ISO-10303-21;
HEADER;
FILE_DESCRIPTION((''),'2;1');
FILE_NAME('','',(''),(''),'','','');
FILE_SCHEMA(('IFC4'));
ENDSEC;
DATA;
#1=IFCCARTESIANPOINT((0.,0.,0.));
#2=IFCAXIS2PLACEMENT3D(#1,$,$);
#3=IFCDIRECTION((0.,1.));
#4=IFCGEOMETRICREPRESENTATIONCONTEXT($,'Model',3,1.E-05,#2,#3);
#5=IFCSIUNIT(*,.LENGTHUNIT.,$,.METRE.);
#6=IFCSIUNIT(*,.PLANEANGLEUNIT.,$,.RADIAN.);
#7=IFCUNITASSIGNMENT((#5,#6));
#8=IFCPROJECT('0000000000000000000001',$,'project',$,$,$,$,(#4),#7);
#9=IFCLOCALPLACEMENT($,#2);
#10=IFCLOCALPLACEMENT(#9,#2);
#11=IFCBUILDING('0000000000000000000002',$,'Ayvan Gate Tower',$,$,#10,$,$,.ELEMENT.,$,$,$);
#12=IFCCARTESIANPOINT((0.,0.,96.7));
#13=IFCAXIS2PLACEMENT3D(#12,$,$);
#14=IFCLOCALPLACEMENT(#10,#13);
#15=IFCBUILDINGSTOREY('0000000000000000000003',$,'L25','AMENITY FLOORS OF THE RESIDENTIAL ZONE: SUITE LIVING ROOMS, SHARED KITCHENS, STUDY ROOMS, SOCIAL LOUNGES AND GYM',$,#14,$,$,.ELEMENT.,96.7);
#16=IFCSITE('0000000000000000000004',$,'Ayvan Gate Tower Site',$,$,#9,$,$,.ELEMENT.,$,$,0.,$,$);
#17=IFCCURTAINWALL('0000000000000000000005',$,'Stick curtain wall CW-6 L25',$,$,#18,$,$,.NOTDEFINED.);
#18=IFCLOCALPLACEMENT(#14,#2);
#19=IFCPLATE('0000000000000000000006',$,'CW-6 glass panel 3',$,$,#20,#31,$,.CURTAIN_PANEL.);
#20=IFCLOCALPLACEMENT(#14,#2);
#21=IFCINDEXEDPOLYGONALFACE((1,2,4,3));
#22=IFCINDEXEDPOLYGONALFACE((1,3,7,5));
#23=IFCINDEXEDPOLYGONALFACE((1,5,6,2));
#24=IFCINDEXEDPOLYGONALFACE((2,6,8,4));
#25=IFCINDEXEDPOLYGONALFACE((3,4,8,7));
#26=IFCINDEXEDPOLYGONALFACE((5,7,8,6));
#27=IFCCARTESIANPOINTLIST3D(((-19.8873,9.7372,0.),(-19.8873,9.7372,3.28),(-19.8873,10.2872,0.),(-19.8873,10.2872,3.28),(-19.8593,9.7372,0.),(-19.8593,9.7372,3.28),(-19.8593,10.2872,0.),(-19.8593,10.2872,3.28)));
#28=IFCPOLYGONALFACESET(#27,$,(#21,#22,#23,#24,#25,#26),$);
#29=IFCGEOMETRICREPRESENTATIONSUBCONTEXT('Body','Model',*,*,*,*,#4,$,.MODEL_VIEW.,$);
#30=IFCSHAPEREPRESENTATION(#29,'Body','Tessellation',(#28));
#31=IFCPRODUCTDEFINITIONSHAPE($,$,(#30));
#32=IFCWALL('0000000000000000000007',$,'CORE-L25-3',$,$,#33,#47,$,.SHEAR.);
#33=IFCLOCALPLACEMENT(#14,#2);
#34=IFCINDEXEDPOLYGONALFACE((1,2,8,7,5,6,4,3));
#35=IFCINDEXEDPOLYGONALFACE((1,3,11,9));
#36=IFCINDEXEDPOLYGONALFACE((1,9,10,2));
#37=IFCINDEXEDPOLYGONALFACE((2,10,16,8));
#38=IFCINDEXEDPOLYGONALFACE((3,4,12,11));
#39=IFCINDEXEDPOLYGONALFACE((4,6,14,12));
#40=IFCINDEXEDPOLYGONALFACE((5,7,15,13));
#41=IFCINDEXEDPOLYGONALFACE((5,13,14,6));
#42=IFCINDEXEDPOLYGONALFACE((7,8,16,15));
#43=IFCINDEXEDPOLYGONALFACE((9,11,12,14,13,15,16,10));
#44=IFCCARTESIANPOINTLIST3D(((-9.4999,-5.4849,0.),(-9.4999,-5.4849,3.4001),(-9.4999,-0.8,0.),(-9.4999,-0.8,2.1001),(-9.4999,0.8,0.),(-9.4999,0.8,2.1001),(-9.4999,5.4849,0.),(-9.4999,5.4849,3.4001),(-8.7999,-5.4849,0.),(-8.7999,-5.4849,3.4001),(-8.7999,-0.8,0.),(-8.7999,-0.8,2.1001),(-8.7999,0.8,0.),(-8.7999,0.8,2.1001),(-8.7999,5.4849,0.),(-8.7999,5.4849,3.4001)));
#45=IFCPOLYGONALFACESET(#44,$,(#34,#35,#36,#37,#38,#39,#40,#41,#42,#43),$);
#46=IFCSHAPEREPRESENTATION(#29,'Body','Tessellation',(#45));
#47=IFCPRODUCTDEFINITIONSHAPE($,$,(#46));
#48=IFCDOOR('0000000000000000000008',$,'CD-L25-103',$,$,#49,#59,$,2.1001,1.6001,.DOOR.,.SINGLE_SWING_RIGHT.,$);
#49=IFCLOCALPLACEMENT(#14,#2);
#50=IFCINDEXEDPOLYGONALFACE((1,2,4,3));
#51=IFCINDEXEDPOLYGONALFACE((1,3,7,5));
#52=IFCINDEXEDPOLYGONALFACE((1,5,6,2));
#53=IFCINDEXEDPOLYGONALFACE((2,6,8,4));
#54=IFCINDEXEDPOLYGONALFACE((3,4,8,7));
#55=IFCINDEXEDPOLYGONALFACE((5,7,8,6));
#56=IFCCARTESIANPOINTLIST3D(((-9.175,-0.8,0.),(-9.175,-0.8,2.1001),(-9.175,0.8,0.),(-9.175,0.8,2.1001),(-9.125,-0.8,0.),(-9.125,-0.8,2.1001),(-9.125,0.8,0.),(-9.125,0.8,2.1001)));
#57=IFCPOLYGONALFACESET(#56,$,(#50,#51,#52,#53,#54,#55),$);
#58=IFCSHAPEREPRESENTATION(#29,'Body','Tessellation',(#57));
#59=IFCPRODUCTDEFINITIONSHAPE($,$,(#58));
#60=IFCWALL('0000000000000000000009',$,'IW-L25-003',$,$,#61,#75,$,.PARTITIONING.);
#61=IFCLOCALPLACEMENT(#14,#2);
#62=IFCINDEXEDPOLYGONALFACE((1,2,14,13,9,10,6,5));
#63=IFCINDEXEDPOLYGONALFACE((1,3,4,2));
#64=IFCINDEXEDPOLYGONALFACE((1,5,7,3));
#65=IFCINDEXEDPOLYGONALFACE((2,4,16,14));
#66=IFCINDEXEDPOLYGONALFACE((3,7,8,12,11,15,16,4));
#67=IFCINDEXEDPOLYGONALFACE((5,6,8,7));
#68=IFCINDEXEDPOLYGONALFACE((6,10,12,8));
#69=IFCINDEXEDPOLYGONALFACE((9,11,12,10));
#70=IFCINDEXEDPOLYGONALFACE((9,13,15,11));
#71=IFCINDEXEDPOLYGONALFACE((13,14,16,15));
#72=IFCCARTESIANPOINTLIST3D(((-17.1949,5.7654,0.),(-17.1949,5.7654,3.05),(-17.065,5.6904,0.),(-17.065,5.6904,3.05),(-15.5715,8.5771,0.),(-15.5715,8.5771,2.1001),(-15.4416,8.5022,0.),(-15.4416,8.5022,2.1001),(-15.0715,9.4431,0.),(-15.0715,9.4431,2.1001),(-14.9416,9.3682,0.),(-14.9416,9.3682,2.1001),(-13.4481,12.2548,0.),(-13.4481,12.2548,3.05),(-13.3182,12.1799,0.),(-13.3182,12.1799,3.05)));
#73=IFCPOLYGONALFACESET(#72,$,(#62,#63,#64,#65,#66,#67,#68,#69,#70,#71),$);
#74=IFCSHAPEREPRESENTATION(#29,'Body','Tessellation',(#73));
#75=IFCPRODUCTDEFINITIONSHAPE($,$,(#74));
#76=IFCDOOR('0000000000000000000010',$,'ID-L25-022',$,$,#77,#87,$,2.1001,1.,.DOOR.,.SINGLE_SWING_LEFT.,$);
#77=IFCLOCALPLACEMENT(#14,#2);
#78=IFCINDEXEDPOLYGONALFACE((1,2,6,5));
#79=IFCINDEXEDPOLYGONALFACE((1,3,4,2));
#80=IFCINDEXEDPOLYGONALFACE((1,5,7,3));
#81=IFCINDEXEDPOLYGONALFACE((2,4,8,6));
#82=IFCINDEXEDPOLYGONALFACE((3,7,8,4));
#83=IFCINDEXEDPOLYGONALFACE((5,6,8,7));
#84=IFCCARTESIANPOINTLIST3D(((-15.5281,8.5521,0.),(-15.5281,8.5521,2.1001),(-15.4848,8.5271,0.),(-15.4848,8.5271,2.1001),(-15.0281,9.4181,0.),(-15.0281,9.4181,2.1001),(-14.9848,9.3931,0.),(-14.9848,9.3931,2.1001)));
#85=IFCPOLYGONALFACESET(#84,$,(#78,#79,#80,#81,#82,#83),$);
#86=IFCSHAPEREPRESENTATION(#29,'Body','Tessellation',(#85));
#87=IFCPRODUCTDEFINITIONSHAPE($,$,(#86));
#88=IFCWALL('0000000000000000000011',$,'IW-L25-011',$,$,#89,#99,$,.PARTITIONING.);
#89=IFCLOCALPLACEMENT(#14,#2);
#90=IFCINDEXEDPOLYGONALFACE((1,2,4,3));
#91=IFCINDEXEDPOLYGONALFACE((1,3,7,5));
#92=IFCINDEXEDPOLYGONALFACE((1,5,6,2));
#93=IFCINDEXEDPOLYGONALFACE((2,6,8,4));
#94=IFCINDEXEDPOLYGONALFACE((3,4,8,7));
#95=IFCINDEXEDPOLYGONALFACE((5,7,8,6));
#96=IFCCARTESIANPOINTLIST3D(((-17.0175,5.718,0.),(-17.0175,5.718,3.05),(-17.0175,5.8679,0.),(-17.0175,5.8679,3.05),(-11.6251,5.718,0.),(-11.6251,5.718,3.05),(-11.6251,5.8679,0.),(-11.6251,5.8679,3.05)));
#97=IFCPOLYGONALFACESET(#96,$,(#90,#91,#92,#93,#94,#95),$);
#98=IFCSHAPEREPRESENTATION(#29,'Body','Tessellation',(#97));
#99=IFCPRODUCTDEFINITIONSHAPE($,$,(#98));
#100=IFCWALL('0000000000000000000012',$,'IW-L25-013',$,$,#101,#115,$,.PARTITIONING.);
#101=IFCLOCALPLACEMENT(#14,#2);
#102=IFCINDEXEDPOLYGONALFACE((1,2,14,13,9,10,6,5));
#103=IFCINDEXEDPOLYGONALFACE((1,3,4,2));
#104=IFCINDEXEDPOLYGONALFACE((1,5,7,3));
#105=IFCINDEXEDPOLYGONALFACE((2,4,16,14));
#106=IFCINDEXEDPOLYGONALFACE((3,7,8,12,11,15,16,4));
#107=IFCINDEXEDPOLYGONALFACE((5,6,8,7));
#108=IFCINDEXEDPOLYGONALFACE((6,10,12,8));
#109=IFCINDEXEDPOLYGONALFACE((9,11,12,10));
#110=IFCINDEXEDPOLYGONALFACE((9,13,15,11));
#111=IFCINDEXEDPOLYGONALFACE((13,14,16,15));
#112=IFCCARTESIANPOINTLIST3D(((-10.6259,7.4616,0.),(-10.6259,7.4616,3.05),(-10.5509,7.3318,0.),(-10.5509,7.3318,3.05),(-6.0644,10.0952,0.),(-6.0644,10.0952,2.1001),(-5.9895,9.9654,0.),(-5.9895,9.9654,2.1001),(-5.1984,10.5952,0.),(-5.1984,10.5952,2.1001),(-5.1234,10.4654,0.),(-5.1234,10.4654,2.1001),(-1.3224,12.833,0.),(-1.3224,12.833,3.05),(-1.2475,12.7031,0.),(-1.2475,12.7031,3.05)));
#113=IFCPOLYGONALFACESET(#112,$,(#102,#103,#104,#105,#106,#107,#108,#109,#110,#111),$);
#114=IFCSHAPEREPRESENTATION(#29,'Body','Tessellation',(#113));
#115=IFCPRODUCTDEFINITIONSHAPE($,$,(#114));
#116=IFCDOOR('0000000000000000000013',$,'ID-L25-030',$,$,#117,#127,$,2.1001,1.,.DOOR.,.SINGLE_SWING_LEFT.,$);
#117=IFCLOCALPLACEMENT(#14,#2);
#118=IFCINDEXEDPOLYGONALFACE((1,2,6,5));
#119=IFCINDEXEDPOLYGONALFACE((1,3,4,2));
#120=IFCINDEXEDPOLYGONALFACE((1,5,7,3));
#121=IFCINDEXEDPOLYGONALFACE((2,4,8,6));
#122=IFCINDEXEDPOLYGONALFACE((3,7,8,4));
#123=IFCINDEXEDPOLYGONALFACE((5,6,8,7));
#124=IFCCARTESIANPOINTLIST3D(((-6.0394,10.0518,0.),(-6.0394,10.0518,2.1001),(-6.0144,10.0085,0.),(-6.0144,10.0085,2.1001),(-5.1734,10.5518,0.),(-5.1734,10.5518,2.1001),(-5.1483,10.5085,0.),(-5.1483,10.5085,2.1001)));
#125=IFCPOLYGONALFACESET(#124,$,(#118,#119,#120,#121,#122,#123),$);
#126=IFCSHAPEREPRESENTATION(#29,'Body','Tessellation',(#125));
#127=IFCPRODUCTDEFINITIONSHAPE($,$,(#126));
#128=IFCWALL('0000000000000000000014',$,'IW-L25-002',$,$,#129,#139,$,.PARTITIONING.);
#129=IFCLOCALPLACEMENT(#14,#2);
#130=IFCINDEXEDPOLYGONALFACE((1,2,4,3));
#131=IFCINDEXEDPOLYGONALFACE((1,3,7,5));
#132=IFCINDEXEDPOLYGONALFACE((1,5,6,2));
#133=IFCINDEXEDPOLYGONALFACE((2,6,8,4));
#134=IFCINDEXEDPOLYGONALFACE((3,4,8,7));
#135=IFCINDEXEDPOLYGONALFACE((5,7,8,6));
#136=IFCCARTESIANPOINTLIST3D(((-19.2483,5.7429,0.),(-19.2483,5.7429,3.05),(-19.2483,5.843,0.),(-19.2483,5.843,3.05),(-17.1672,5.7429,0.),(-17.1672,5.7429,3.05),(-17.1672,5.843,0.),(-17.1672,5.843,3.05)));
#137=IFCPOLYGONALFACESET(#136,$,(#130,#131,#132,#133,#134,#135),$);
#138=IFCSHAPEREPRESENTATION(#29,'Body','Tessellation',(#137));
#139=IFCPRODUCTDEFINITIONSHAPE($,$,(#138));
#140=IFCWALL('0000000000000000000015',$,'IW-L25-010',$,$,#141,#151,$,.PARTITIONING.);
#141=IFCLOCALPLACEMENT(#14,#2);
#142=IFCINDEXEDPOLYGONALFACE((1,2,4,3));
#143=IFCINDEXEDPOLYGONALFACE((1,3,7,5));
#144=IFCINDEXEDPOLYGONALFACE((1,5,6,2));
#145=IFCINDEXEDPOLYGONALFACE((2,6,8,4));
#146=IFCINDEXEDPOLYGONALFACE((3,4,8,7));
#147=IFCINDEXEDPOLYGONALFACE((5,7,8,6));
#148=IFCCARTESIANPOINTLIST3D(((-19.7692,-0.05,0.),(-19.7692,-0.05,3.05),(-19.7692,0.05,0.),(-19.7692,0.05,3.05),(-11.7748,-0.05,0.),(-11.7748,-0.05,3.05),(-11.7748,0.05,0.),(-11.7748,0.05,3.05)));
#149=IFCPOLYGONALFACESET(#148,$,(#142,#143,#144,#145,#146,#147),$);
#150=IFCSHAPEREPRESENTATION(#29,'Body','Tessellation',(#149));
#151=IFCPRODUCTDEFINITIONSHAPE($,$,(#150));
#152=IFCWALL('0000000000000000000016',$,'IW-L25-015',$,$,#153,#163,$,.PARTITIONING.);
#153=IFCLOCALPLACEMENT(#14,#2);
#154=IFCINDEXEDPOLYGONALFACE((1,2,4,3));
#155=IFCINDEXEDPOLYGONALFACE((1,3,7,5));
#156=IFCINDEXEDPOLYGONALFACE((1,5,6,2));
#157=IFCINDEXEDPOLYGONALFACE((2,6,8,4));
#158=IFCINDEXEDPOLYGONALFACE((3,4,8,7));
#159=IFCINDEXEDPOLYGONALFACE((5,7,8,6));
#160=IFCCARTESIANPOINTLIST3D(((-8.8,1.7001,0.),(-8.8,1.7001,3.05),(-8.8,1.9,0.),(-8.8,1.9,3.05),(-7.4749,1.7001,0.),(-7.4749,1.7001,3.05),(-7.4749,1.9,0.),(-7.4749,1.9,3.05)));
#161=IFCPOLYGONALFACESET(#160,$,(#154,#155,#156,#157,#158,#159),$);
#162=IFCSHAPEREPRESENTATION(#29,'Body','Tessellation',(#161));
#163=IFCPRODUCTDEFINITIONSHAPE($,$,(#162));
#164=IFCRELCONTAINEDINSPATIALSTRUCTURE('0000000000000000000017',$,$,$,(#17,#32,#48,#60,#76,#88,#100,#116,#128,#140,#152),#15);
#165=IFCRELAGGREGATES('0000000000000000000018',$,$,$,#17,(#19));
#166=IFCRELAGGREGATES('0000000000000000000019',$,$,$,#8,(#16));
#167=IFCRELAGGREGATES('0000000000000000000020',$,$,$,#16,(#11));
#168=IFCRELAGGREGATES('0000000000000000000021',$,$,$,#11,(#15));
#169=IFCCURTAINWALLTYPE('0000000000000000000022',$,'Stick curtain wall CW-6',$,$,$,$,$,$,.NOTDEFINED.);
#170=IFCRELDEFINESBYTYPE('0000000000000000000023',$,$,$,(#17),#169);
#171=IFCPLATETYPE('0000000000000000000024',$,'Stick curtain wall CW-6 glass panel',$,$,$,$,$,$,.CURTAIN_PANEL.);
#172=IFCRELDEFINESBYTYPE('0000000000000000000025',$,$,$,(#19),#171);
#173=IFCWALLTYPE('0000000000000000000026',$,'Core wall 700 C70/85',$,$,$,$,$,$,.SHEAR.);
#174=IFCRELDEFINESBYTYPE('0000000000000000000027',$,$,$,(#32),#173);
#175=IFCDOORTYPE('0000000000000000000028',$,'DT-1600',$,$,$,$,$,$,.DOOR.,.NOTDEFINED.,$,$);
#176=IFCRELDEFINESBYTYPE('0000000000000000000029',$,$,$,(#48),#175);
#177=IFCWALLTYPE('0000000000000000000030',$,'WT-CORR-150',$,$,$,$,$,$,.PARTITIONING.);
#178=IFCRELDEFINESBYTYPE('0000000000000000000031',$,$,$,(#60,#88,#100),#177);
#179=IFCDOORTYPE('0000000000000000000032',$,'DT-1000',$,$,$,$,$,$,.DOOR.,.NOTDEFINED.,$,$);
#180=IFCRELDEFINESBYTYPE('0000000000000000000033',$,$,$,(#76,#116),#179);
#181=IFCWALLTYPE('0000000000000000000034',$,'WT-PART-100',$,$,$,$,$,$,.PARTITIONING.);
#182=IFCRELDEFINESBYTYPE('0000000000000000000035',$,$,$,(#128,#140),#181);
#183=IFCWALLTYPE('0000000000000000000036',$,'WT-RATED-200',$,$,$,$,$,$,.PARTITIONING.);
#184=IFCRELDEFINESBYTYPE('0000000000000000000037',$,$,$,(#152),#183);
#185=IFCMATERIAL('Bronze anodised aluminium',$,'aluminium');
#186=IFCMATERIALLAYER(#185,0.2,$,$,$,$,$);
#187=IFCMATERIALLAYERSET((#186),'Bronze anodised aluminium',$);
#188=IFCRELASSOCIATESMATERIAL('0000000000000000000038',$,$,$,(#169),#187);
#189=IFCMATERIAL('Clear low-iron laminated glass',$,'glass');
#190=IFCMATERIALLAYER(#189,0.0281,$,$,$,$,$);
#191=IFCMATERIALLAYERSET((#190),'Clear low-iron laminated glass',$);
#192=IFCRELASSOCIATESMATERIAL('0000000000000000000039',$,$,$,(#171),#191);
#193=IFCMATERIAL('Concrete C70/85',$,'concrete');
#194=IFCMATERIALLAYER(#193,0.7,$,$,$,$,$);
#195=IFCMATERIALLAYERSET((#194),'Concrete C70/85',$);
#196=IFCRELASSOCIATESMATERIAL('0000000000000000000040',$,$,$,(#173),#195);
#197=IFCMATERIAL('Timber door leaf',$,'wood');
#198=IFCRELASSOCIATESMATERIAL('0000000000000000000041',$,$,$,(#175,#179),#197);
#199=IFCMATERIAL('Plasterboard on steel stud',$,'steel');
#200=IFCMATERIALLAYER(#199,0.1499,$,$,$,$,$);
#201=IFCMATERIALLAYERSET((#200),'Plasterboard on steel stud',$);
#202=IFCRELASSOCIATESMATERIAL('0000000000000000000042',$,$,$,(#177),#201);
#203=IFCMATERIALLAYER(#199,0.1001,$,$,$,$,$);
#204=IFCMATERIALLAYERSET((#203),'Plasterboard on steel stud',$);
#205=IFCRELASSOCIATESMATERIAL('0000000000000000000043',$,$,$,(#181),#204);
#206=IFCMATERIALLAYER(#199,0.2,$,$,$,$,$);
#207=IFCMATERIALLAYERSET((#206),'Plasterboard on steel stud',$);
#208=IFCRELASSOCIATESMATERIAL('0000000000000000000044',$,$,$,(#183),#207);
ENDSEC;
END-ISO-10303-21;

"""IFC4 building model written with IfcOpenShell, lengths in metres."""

from ifc_helpers import new_model, si_unit, direction, frame, frame_2d, origin, origin_2d, place, context, subcontext, project, spatial, rectangle, extrude, material, layer, layer_set, type_object, element, fill, aggregate, save


model = new_model("IFC4")

# Units and contexts
model_context = context("Model", 3, precision=1e-05, world=origin(), true_north=direction((0.0, 1.0)))
body_context = subcontext(model_context, "Body", "Model", "MODEL_VIEW")
ifc_project = project(units=[si_unit("LENGTHUNIT", "METRE"), si_unit("PLANEANGLEUNIT", "RADIAN")], contexts=[model_context])

# Site, building, storey
site_placement = place(None, origin())
site = spatial("IfcSite", under=ifc_project, at=site_placement, Name="Ayvan Gate Tower Site", CompositionType="ELEMENT", RefElevation=0.0)
building_placement = place(site_placement, origin())
building = spatial("IfcBuilding", under=site, at=building_placement, Name="Ayvan Gate Tower", CompositionType="ELEMENT")
storey_placement = place(building_placement, frame((0.0, 0.0, 96.7)))
storey = spatial("IfcBuildingStorey", under=building, at=storey_placement, Name="L25", Description="AMENITY FLOORS OF THE RESIDENTIAL ZONE: SUITE LIVING ROOMS, SHARED KITCHENS, STUDY ROOMS, SOCIAL LOUNGES AND GYM", CompositionType="ELEMENT", Elevation=96.7)

# Curtain wall
ifc_material_1 = material(Name="Bronze anodised aluminium", Category="aluminium")
ifc_layer_1 = layer(ifc_material_1, 0.2)
ifc_layer_set_1 = layer_set([ifc_layer_1], Name="Bronze anodised aluminium")
curtain_wall_type_1 = type_object("IfcCurtainWallType", Name="Stick curtain wall CW-6", PredefinedType="NOTDEFINED", material=ifc_layer_set_1)
curtain_wall_1_placement = place(storey_placement, origin())
curtain_wall_1 = element("IfcCurtainWall", 1, at=curtain_wall_1_placement, inside=storey, type_object=curtain_wall_type_1, Name="Stick curtain wall CW-6 L25", PredefinedType="NOTDEFINED")

# Plate
ifc_material_2 = material(Name="Clear low-iron laminated glass", Category="glass")
ifc_layer_2 = layer(ifc_material_2, 0.0281)
ifc_layer_set_2 = layer_set([ifc_layer_2], Name="Clear low-iron laminated glass")
plate_type_1 = type_object("IfcPlateType", Name="Stick curtain wall CW-6 glass panel", PredefinedType="CURTAIN_PANEL", material=ifc_layer_set_2)
plate_1_placement = place(storey_placement, frame((-19.8733, 10.0122, 0.0), z_axis=(0.0, 0.0, 1.0), x_axis=(0.0, -1.0, 0.0)))
plate_1 = element("IfcPlate", 2, at=plate_1_placement, type_object=plate_type_1, Name="CW-6 glass panel 3", PredefinedType="CURTAIN_PANEL", context=body_context, shape_type="SweptSolid", body=[
    extrude(rectangle(XDim=0.55, YDim=0.0281, at=origin_2d()), origin(), (0.0, 0.0, 1.0), 3.28),
])
aggregate(curtain_wall_1, [plate_1])

# Walls, openings, doors
ifc_material_3 = material(Name="Concrete C70/85", Category="concrete")
ifc_layer_3 = layer(ifc_material_3, 0.7)
ifc_layer_set_3 = layer_set([ifc_layer_3], Name="Concrete C70/85")
wall_type_1 = type_object("IfcWallType", Name="Core wall 700 C70/85", PredefinedType="SHEAR", material=ifc_layer_set_3)
wall_1_placement = place(storey_placement, frame((-9.1499, 5.4849, 0.0), z_axis=(0.0, 0.0, 1.0), x_axis=(0.0, -1.0, 0.0)))
wall_1 = element("IfcWall", 3, at=wall_1_placement, inside=storey, type_object=wall_type_1, Name="CORE-L25-3", PredefinedType="SHEAR", context=body_context, shape_type="SweptSolid", body=[
    extrude(rectangle(XDim=10.9697, YDim=0.7, at=frame_2d((5.4849, 0.0))), origin(), (0.0, 0.0, 1.0), 3.4001),
])
opening_1_placement = place(wall_1_placement, frame((4.6848, 0.0, 0.0)))
opening_1 = element("IfcOpeningElement", 4, at=opening_1_placement, cuts=wall_1, PredefinedType="OPENING", context=body_context, shape_type="SweptSolid", body=[
    extrude(rectangle(XDim=1.6001, YDim=2.1001, at=frame_2d((0.8, 1.05))), frame((0.0, 0.3599, 0.0), z_axis=(0.0, -1.0, 0.0), x_axis=(1.0, 0.0, 0.0)), (0.0, 0.0, 1.0), 0.72),
])
ifc_material_4 = material(Name="Timber door leaf", Category="wood")
door_type_1 = type_object("IfcDoorType", Name="DT-1600", OperationType="NOTDEFINED", PredefinedType="DOOR", material=ifc_material_4)
door_1_placement = place(opening_1_placement, origin())
door_1 = element("IfcDoor", 5, at=door_1_placement, inside=storey, type_object=door_type_1, Name="CD-L25-103", OperationType="SINGLE_SWING_RIGHT", OverallHeight=2.1001, OverallWidth=1.6001, PredefinedType="DOOR", context=body_context, shape_type="SweptSolid", body=[
    extrude(rectangle(XDim=1.6001, YDim=2.1001, at=frame_2d((0.8, 1.05))), frame((0.0, 0.0249, 0.0), z_axis=(0.0, -1.0, 0.0), x_axis=(1.0, 0.0, 0.0)), (0.0, 0.0, 1.0), 0.05),
])
fill(opening_1, door_1)
ifc_material_5 = material(Name="Plasterboard on steel stud", Category="steel")
ifc_layer_4 = layer(ifc_material_5, 0.1499)
ifc_layer_set_4 = layer_set([ifc_layer_4], Name="Plasterboard on steel stud")
wall_type_2 = type_object("IfcWallType", Name="WT-CORR-150", PredefinedType="PARTITIONING", material=ifc_layer_set_4)
wall_2_placement = place(storey_placement, frame((-17.1299, 5.728, 0.0), z_axis=(0.0, 0.0, 1.0), x_axis=(0.500011, 0.866019, 0.0)))
wall_2 = element("IfcWall", 6, at=wall_2_placement, inside=storey, type_object=wall_type_2, Name="IW-L25-003", PredefinedType="PARTITIONING", context=body_context, shape_type="SweptSolid", body=[
    extrude(rectangle(XDim=7.4934, YDim=0.1499, at=frame_2d((3.7466, 0.0))), origin(), (0.0, 0.0, 1.0), 3.05),
])
opening_2_placement = place(wall_2_placement, frame((3.2466, 0.0, 0.0)))
opening_2 = element("IfcOpeningElement", 7, at=opening_2_placement, cuts=wall_2, PredefinedType="OPENING", context=body_context, shape_type="SweptSolid", body=[
    extrude(rectangle(XDim=1.0, YDim=2.1001, at=frame_2d((0.5, 1.05))), frame((0.0, 0.085, 0.0), z_axis=(0.0, -1.0, 0.0), x_axis=(1.0, 0.0, 0.0)), (0.0, 0.0, 1.0), 0.1699),
])
door_type_2 = type_object("IfcDoorType", Name="DT-1000", OperationType="NOTDEFINED", PredefinedType="DOOR", material=ifc_material_4)
door_2_placement = place(opening_2_placement, origin())
door_2 = element("IfcDoor", 8, at=door_2_placement, inside=storey, type_object=door_type_2, Name="ID-L25-022", OperationType="SINGLE_SWING_LEFT", OverallHeight=2.1001, OverallWidth=1.0, PredefinedType="DOOR", context=body_context, shape_type="SweptSolid", body=[
    extrude(rectangle(XDim=1.0, YDim=2.1001, at=frame_2d((0.5, 1.05))), frame((0.0, 0.0249, 0.0), z_axis=(0.0, -1.0, 0.0), x_axis=(1.0, 0.0, 0.0)), (0.0, 0.0, 1.0), 0.05),
])
fill(opening_2, door_2)

# Wall
wall_3_placement = place(storey_placement, frame((-11.625, 5.793, 0.0), z_axis=(0.0, 0.0, 1.0), x_axis=(-1.0, 0.0, 0.0)))
element("IfcWall", 9, at=wall_3_placement, inside=storey, type_object=wall_type_2, Name="IW-L25-011", PredefinedType="PARTITIONING", context=body_context, shape_type="SweptSolid", body=[
    extrude(rectangle(XDim=5.3923, YDim=0.1499, at=frame_2d((2.6963, 0.0))), origin(), (0.0, 0.0, 1.0), 3.05),
])

# Wall, opening, door
wall_4_placement = place(storey_placement, frame((-10.5884, 7.3967, 0.0), z_axis=(0.0, 0.0, 1.0), x_axis=(0.866026, 0.499999, 0.0)))
wall_4 = element("IfcWall", 10, at=wall_4_placement, inside=storey, type_object=wall_type_2, Name="IW-L25-013", PredefinedType="PARTITIONING", context=body_context, shape_type="SweptSolid", body=[
    extrude(rectangle(XDim=10.7427, YDim=0.1499, at=frame_2d((5.3713, 0.0))), origin(), (0.0, 0.0, 1.0), 3.05),
])
opening_3_placement = place(wall_4_placement, frame((5.2671, 0.0, 0.0)))
opening_3 = element("IfcOpeningElement", 11, at=opening_3_placement, cuts=wall_4, PredefinedType="OPENING", context=body_context, shape_type="SweptSolid", body=[
    extrude(rectangle(XDim=1.0, YDim=2.1001, at=frame_2d((0.5, 1.05))), frame((0.0, 0.085, 0.0), z_axis=(0.0, -1.0, 0.0), x_axis=(1.0, 0.0, 0.0)), (0.0, 0.0, 1.0), 0.1699),
])
door_3_placement = place(opening_3_placement, origin())
door_3 = element("IfcDoor", 12, at=door_3_placement, inside=storey, type_object=door_type_2, Name="ID-L25-030", OperationType="SINGLE_SWING_LEFT", OverallHeight=2.1001, OverallWidth=1.0, PredefinedType="DOOR", context=body_context, shape_type="SweptSolid", body=[
    extrude(rectangle(XDim=1.0, YDim=2.1001, at=frame_2d((0.5, 1.05))), frame((0.0, 0.0249, 0.0), z_axis=(0.0, -1.0, 0.0), x_axis=(1.0, 0.0, 0.0)), (0.0, 0.0, 1.0), 0.05),
])
fill(opening_3, door_3)

# Walls
ifc_layer_5 = layer(ifc_material_5, 0.1001)
ifc_layer_set_5 = layer_set([ifc_layer_5], Name="Plasterboard on steel stud")
wall_type_3 = type_object("IfcWallType", Name="WT-PART-100", PredefinedType="PARTITIONING", material=ifc_layer_set_5)
wall_5_placement = place(storey_placement, frame((-17.1672, 5.793, 0.0), z_axis=(0.0, 0.0, 1.0), x_axis=(-1.0, 0.0, 0.0)))
element("IfcWall", 13, at=wall_5_placement, inside=storey, type_object=wall_type_3, Name="IW-L25-002", PredefinedType="PARTITIONING", context=body_context, shape_type="SweptSolid", body=[
    extrude(rectangle(XDim=2.0811, YDim=0.1001, at=frame_2d((1.0405, 0.0))), origin(), (0.0, 0.0, 1.0), 3.05),
])
wall_6_placement = place(storey_placement, frame((-11.7749, 0.0, 0.0), z_axis=(0.0, 0.0, 1.0), x_axis=(-1.0, 0.0, 0.0)))
element("IfcWall", 14, at=wall_6_placement, inside=storey, type_object=wall_type_3, Name="IW-L25-010", PredefinedType="PARTITIONING", context=body_context, shape_type="SweptSolid", body=[
    extrude(rectangle(XDim=7.9944, YDim=0.1001, at=frame_2d((3.9971, 0.0))), origin(), (0.0, 0.0, 1.0), 3.05),
])
ifc_layer_6 = layer(ifc_material_5, 0.2)
ifc_layer_set_6 = layer_set([ifc_layer_6], Name="Plasterboard on steel stud")
wall_type_4 = type_object("IfcWallType", Name="WT-RATED-200", PredefinedType="PARTITIONING", material=ifc_layer_set_6)
wall_7_placement = place(storey_placement, frame((-8.8, 1.8, 0.0), z_axis=(0.0, 0.0, 1.0), x_axis=(1.0, 0.0, 0.0)))
element("IfcWall", 15, at=wall_7_placement, inside=storey, type_object=wall_type_4, Name="IW-L25-015", PredefinedType="PARTITIONING", context=body_context, shape_type="SweptSolid", body=[
    extrude(rectangle(XDim=1.3252, YDim=0.2, at=frame_2d((0.6626, 0.0))), origin(), (0.0, 0.0, 1.0), 3.05),
])

save(model, "model.ifc")
